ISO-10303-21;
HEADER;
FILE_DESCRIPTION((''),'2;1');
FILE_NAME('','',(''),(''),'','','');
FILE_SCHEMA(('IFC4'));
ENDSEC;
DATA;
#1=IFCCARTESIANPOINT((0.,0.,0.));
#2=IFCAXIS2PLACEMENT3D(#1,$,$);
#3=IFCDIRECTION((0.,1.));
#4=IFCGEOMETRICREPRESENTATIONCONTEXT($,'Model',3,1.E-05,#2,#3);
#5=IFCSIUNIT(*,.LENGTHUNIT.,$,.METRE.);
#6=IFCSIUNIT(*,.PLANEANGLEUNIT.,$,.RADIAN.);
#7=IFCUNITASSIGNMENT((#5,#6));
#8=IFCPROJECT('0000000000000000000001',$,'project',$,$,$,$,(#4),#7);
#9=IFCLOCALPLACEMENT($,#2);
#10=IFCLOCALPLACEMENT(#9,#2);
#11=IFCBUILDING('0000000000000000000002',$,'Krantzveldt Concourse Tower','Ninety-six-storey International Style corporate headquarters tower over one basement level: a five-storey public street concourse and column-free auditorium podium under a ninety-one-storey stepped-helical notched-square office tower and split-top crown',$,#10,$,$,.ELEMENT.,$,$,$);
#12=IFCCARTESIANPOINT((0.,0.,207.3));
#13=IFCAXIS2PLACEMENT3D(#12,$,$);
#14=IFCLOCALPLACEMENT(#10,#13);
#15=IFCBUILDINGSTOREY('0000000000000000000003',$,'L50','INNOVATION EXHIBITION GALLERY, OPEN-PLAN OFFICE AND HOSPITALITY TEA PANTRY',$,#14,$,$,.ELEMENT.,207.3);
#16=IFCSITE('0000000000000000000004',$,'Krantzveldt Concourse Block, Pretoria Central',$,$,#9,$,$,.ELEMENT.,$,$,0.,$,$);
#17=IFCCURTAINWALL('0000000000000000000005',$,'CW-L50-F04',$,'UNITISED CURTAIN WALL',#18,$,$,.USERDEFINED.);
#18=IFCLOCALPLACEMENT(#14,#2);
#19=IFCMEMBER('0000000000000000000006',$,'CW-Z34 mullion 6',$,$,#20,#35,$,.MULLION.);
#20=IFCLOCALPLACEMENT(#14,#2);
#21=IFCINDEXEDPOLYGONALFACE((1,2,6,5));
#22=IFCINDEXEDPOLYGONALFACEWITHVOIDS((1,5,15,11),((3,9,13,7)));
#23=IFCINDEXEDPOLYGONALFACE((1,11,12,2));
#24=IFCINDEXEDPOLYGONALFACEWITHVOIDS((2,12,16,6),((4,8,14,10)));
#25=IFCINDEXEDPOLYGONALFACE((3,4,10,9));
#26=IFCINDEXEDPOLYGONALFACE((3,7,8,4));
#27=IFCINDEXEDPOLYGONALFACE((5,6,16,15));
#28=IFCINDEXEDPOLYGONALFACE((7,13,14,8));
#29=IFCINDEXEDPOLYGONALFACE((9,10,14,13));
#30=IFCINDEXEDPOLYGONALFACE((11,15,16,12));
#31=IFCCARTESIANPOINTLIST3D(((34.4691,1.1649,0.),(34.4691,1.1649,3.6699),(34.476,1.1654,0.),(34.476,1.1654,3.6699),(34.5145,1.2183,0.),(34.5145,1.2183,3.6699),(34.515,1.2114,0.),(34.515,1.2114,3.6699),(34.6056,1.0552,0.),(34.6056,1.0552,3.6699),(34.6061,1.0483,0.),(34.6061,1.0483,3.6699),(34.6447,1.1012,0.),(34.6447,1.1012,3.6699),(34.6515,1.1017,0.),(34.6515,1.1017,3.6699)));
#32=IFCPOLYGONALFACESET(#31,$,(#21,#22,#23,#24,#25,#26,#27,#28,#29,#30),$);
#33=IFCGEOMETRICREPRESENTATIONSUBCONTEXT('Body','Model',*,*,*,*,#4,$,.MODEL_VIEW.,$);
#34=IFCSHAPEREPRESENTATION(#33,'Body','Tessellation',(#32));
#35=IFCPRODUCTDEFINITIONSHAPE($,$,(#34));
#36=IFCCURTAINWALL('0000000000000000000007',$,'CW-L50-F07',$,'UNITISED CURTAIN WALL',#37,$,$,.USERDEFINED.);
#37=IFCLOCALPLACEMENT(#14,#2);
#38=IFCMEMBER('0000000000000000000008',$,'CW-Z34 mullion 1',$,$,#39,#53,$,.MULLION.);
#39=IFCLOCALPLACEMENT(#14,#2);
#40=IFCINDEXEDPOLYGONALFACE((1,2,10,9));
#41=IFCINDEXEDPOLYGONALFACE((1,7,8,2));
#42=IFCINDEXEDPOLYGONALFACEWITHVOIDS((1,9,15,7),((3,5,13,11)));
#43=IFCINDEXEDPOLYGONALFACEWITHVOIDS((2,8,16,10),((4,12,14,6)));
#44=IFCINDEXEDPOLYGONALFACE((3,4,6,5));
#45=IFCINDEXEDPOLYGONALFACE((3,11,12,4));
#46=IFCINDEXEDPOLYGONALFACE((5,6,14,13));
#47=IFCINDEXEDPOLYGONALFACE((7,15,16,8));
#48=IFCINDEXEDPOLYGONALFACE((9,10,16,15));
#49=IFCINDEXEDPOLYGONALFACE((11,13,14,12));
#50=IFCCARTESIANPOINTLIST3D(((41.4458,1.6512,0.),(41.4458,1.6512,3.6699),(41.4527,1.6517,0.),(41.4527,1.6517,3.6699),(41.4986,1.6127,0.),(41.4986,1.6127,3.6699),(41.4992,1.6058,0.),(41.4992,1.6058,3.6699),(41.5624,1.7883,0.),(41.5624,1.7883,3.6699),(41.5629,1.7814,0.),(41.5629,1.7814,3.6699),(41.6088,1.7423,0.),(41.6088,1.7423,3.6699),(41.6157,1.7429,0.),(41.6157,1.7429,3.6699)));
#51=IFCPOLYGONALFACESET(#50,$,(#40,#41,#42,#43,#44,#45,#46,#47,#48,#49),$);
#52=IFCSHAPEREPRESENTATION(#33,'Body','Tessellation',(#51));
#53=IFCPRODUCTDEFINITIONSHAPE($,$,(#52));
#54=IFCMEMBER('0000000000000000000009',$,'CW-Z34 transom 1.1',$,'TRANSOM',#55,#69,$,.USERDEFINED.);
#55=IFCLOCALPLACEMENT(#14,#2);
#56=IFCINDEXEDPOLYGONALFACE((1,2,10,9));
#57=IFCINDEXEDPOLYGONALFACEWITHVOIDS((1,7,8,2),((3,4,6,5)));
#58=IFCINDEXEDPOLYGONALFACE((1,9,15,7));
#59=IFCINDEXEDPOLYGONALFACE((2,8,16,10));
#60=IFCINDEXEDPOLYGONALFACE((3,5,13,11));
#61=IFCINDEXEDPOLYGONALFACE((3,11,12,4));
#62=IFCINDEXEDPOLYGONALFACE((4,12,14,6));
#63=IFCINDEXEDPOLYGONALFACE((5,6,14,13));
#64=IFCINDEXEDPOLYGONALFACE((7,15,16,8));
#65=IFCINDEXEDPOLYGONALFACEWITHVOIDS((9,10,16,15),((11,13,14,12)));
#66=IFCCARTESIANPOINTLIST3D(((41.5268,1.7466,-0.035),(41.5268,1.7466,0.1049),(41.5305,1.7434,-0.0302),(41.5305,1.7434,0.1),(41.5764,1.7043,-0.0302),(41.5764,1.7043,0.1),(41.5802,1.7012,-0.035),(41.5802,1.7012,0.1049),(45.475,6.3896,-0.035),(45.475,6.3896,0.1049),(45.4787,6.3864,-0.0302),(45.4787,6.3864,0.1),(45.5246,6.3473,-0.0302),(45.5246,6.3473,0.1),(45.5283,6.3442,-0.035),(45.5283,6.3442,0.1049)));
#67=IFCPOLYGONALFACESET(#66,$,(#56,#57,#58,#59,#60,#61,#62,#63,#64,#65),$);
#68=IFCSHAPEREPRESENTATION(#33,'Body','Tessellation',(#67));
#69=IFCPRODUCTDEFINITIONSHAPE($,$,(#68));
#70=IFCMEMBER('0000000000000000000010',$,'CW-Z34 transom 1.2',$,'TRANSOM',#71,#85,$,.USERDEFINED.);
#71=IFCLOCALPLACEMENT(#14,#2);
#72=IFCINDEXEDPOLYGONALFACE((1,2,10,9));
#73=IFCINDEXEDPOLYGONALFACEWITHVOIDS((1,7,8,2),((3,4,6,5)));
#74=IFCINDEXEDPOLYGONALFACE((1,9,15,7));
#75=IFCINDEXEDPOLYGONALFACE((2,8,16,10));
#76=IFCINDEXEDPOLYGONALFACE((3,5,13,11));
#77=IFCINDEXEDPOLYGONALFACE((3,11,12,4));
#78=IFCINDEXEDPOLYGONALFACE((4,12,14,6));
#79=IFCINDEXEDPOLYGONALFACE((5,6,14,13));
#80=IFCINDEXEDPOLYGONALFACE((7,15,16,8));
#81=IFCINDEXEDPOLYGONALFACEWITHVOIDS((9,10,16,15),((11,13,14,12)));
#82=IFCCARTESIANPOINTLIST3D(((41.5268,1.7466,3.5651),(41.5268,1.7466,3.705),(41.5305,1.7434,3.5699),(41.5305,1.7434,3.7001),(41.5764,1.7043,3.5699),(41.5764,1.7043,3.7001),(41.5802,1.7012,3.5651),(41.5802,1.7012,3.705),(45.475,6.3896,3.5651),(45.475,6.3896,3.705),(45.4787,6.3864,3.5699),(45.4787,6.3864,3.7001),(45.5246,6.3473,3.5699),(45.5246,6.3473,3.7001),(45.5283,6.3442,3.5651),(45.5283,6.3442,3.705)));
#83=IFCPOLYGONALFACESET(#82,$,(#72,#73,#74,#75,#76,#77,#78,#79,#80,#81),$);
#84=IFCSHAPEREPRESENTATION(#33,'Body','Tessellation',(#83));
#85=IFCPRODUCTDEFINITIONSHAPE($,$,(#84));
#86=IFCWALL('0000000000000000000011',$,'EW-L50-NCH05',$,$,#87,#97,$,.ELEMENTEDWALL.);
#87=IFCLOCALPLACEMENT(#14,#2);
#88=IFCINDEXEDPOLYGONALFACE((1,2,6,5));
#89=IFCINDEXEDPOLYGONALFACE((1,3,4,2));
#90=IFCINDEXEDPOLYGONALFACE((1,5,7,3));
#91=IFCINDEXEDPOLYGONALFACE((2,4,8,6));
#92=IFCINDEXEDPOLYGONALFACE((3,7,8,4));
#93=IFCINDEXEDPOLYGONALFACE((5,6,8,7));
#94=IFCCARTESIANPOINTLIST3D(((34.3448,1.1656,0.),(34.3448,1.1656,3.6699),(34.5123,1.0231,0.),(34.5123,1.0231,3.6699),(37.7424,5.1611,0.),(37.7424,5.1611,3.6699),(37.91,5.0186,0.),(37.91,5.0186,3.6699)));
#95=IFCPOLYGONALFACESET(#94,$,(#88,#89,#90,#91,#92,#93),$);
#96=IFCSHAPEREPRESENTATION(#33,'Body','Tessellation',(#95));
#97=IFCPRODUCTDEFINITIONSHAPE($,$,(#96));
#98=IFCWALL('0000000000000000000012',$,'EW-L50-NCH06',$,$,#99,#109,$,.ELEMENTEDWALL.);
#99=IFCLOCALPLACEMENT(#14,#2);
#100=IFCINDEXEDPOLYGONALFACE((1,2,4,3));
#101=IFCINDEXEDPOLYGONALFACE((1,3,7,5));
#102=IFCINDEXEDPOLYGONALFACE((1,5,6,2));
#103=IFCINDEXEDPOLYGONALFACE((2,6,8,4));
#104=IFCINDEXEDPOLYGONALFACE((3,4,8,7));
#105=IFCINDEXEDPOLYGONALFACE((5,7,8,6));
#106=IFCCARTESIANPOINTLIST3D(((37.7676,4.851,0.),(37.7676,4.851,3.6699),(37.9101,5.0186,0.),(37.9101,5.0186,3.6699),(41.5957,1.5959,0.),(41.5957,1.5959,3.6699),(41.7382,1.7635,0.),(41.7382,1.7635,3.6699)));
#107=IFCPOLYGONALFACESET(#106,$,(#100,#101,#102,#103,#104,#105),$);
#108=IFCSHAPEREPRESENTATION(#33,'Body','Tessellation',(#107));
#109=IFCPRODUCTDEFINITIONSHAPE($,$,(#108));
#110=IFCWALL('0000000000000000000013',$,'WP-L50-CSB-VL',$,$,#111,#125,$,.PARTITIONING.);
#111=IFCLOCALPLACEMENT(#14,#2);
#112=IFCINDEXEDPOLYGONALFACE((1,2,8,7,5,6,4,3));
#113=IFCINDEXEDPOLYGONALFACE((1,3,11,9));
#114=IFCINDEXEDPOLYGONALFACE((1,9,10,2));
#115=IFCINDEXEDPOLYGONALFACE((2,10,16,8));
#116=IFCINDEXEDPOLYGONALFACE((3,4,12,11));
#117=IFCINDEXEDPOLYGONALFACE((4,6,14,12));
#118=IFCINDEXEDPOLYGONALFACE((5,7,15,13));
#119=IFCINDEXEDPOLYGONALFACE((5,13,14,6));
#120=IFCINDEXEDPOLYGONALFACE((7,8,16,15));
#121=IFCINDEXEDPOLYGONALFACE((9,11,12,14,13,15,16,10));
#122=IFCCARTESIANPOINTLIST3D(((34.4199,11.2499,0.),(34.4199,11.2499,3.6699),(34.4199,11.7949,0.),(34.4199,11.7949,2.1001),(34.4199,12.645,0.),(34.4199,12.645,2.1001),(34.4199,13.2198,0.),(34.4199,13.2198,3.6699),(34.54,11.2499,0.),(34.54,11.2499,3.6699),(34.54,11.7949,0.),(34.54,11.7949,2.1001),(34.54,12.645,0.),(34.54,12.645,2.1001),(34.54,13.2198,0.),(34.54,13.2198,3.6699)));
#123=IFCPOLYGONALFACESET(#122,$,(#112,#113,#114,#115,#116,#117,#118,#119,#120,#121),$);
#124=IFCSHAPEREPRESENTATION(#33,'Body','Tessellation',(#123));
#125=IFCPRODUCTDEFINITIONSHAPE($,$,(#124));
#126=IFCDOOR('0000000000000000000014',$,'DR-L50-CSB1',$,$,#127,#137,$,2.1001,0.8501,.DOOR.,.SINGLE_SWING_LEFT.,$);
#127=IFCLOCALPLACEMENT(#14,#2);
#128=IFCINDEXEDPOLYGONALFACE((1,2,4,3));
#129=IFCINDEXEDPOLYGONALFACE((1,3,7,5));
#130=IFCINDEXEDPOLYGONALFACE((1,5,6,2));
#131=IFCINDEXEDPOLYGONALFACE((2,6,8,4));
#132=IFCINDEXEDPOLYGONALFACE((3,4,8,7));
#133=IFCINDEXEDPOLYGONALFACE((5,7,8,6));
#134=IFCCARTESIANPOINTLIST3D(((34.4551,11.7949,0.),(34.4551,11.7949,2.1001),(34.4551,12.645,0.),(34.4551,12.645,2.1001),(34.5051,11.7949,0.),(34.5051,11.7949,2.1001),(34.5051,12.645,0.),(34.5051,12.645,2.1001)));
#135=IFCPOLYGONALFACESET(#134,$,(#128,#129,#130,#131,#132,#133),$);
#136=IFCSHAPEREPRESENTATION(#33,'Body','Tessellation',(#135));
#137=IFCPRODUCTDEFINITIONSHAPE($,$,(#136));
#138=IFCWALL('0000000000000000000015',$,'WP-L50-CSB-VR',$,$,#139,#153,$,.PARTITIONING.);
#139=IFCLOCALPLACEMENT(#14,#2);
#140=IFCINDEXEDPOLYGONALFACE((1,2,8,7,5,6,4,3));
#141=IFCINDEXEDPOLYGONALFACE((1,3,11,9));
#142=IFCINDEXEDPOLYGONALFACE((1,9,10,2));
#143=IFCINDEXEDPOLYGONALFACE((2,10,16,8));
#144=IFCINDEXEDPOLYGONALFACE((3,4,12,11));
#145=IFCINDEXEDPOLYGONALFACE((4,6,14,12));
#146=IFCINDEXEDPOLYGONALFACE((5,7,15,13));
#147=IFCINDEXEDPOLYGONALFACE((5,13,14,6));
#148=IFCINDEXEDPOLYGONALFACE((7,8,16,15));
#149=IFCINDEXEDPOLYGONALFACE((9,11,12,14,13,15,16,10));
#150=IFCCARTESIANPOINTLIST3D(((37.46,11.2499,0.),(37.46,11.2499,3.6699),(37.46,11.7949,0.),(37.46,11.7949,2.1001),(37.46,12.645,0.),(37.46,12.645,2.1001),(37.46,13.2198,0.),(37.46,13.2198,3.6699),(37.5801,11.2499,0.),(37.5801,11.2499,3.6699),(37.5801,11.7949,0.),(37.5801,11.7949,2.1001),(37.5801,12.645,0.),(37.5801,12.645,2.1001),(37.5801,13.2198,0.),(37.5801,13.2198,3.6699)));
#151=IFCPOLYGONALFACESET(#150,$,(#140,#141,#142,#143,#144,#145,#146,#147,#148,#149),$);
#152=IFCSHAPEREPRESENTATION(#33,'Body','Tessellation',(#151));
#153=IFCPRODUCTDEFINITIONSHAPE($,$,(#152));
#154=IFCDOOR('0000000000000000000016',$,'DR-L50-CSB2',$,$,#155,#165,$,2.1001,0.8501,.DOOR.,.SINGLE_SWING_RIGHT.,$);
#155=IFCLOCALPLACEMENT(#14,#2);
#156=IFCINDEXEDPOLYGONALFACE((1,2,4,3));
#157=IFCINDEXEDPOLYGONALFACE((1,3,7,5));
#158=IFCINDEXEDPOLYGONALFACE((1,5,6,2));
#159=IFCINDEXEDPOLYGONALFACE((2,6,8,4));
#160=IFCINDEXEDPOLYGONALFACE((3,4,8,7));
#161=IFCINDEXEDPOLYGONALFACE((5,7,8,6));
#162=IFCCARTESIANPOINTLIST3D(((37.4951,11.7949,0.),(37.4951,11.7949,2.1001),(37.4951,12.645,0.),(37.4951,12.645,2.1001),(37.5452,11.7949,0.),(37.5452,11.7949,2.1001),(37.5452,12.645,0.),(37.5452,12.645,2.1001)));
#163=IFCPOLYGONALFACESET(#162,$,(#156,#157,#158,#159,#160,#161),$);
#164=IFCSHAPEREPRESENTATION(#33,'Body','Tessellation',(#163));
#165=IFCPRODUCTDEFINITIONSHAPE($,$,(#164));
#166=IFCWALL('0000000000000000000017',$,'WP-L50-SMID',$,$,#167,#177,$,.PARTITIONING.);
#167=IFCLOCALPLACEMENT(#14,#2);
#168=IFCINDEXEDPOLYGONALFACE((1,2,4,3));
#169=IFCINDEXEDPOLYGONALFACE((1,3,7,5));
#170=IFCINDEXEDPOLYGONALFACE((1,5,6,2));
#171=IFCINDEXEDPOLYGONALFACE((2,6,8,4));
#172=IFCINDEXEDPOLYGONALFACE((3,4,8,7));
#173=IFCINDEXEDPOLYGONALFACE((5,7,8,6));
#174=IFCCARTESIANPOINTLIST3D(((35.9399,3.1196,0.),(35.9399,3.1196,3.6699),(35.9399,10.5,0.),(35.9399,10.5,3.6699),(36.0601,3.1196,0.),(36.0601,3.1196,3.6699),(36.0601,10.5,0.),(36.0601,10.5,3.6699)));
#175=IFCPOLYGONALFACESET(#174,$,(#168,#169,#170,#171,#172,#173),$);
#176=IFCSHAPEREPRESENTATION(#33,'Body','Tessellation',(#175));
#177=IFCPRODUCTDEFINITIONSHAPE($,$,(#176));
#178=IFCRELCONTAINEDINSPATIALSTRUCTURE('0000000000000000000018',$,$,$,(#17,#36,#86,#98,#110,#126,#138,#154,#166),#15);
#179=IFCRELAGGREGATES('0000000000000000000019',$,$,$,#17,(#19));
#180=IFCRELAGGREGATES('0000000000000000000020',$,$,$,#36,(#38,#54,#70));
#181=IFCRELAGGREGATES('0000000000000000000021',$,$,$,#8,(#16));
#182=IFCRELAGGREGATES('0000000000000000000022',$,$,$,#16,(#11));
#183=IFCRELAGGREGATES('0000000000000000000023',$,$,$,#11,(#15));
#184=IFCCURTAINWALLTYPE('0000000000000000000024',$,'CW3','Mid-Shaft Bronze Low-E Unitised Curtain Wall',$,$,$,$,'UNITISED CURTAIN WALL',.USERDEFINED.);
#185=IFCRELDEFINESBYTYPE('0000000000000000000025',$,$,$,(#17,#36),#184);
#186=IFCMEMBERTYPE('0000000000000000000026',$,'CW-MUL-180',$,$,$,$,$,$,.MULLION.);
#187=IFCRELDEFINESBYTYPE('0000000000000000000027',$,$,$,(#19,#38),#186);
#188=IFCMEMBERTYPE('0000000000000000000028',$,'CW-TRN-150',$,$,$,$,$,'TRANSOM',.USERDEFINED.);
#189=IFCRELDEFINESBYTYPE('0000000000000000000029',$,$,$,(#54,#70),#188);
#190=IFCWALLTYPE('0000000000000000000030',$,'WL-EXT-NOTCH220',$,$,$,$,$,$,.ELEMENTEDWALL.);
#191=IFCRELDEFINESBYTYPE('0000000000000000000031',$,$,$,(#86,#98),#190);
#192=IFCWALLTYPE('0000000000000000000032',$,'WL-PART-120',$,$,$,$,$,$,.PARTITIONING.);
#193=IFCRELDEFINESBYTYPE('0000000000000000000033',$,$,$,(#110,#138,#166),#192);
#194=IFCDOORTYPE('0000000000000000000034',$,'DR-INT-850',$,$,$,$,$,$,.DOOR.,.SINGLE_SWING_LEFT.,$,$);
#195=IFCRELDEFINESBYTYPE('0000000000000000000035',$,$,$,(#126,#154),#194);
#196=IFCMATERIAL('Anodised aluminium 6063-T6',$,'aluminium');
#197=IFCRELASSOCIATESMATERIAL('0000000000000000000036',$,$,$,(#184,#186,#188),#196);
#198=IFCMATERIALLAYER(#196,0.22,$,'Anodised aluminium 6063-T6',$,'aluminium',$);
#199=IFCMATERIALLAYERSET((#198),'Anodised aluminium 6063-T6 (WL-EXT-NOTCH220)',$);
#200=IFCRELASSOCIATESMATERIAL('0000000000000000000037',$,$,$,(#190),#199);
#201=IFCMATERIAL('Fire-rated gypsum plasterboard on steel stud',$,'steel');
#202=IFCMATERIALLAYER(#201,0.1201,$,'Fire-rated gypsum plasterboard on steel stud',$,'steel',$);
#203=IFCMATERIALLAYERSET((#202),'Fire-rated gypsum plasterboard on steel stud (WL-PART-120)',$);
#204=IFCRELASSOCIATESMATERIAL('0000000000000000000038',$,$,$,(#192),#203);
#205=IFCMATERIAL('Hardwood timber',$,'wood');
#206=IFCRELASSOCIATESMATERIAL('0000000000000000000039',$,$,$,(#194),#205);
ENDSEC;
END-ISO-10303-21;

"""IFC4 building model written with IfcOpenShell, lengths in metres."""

from ifc_helpers import new_model, si_unit, direction, frame, frame_2d, origin, origin_2d, place, context, subcontext, project, spatial, rectangle, hollow_rectangle, extrude, source, transform, mapped, material, layer, layer_set, material_profile, profile_set, type_object, type_shapes, element, fill, aggregate, save


model = new_model("IFC4")

# Units and contexts
model_context = context("Model", 3, precision=1e-05, world=origin(), true_north=direction((0.0, 1.0)))
body_context = subcontext(model_context, "Body", "Model", "MODEL_VIEW")
ifc_project = project(units=[si_unit("LENGTHUNIT", "METRE"), si_unit("PLANEANGLEUNIT", "RADIAN")], contexts=[model_context])

# Site, building, storey
site_placement = place(None, origin())
site = spatial("IfcSite", under=ifc_project, at=site_placement, Name="Krantzveldt Concourse Block, Pretoria Central", CompositionType="ELEMENT", RefElevation=0.0)
building_placement = place(site_placement, origin())
building = spatial("IfcBuilding", under=site, at=building_placement, Name="Krantzveldt Concourse Tower", Description="Ninety-six-storey International Style corporate headquarters tower over one basement level: a five-storey public street concourse and column-free auditorium podium under a ninety-one-storey stepped-helical notched-square office tower and split-top crown", CompositionType="ELEMENT")
storey_placement = place(building_placement, frame((0.0, 0.0, 207.3)))
storey = spatial("IfcBuildingStorey", under=building, at=storey_placement, Name="L50", Description="INNOVATION EXHIBITION GALLERY, OPEN-PLAN OFFICE AND HOSPITALITY TEA PANTRY", CompositionType="ELEMENT", Elevation=207.3)

# Curtain wall, member
ifc_material_1 = material(Name="Anodised aluminium 6063-T6", Category="aluminium")
curtain_wall_type = type_object("IfcCurtainWallType", Name="CW3", Description="Mid-Shaft Bronze Low-E Unitised Curtain Wall", ElementType="UNITISED CURTAIN WALL", PredefinedType="USERDEFINED", material=ifc_material_1)
curtain_wall_1_placement = place(storey_placement, origin())
curtain_wall_1 = element("IfcCurtainWall", 1, at=curtain_wall_1_placement, inside=storey, type_object=curtain_wall_type, Name="CW-L50-F04", ObjectType="UNITISED CURTAIN WALL", PredefinedType="USERDEFINED")
ifc_material_profile_1 = material_profile(ifc_material_1, hollow_rectangle(XDim=0.0701, YDim=0.1799, WallThickness=0.0049, at=origin_2d()), Name="Anodised aluminium 6063-T6", Category="aluminium")
ifc_profile_set_1 = profile_set([ifc_material_profile_1], Name="Anodised aluminium 6063-T6 - ALU-MULL 180x70x5")
member_type_1 = type_object("IfcMemberType", Name="CW-MUL-180", PredefinedType="MULLION", material=ifc_profile_set_1)
shared_shape_1 = source(origin(), body_context, "Body", "SweptSolid", [
    extrude(hollow_rectangle(XDim=0.0701, YDim=0.1799, WallThickness=0.0049, at=origin_2d()), origin(), (0.0, 0.0, 1.0), 3.6699),
])
type_shapes(member_type_1, [shared_shape_1])
member_1_placement = place(storey_placement, frame((34.5603, 1.1333, 0.0), z_axis=(0.0, 0.0, 1.0), x_axis=(0.647788, 0.761821, 0.0)))
member_1 = element("IfcMember", 2, at=member_1_placement, type_object=member_type_1, Name="CW-Z34 mullion 6", PredefinedType="MULLION", context=body_context, shape_type="MappedRepresentation", body=[
    mapped(shared_shape_1, transform((0.0, 0.0, 0.0), x_axis=(1.0, 0.0, 0.0), y_axis=(0.0, 1.0, 0.0), z_axis=(0.0, 0.0, 1.0), scale=1.0)),
])
aggregate(curtain_wall_1, [member_1])

# Curtain wall, members
curtain_wall_2_placement = place(storey_placement, origin())
curtain_wall_2 = element("IfcCurtainWall", 3, at=curtain_wall_2_placement, inside=storey, type_object=curtain_wall_type, Name="CW-L50-F07", ObjectType="UNITISED CURTAIN WALL", PredefinedType="USERDEFINED")
member_2_placement = place(storey_placement, frame((41.5308, 1.697, 0.0), z_axis=(0.0, 0.0, 1.0), x_axis=(-0.761821, 0.647788, 0.0)))
member_2 = element("IfcMember", 4, at=member_2_placement, type_object=member_type_1, Name="CW-Z34 mullion 1", PredefinedType="MULLION", context=body_context, shape_type="MappedRepresentation", body=[
    mapped(shared_shape_1, transform((0.0, 0.0, 0.0), x_axis=(1.0, 0.0, 0.0), y_axis=(0.0, 1.0, 0.0), z_axis=(0.0, 0.0, 1.0), scale=1.0)),
])
ifc_material_profile_2 = material_profile(ifc_material_1, hollow_rectangle(XDim=0.0701, YDim=0.1399, WallThickness=0.0049, at=origin_2d()), Name="Anodised aluminium 6063-T6", Category="aluminium")
ifc_profile_set_2 = profile_set([ifc_material_profile_2], Name="Anodised aluminium 6063-T6 - ALU-TRAN 140x70x5")
member_type_2 = type_object("IfcMemberType", Name="CW-TRN-150", ElementType="TRANSOM", PredefinedType="USERDEFINED", material=ifc_profile_set_2)
shared_shape_2 = source(origin(), body_context, "Body", "SweptSolid", [
    extrude(hollow_rectangle(XDim=0.0701, YDim=0.1399, WallThickness=0.0049, at=origin_2d()), origin(), (0.0, 0.0, 1.0), 6.0947),
])
type_shapes(member_type_2, [shared_shape_2])
member_3_placement = place(storey_placement, frame((41.5535, 1.7239, 0.0349), z_axis=(0.647804, 0.761807, 0.0), x_axis=(-0.761807, 0.647804, 0.0)))
member_3 = element("IfcMember", 5, at=member_3_placement, type_object=member_type_2, Name="CW-Z34 transom 1.1", ObjectType="TRANSOM", PredefinedType="USERDEFINED", context=body_context, shape_type="MappedRepresentation", body=[
    mapped(shared_shape_2, transform((0.0, 0.0, 0.0), x_axis=(1.0, 0.0, 0.0), y_axis=(0.0, 1.0, 0.0), z_axis=(0.0, 0.0, 1.0), scale=1.0)),
])
member_4_placement = place(storey_placement, frame((41.5535, 1.7239, 3.635), z_axis=(0.647804, 0.761807, 0.0), x_axis=(-0.761807, 0.647804, 0.0)))
member_4 = element("IfcMember", 6, at=member_4_placement, type_object=member_type_2, Name="CW-Z34 transom 1.2", ObjectType="TRANSOM", PredefinedType="USERDEFINED", context=body_context, shape_type="MappedRepresentation", body=[
    mapped(shared_shape_2, transform((0.0, 0.0, 0.0), x_axis=(1.0, 0.0, 0.0), y_axis=(0.0, 1.0, 0.0), z_axis=(0.0, 0.0, 1.0), scale=1.0)),
])
aggregate(curtain_wall_2, [member_2, member_3, member_4])

# Walls
ifc_layer_1 = layer(ifc_material_1, 0.22, Name="Anodised aluminium 6063-T6", Category="aluminium")
ifc_layer_set_1 = layer_set([ifc_layer_1], Name="Anodised aluminium 6063-T6 (WL-EXT-NOTCH220)")
wall_type_1 = type_object("IfcWallType", Name="WL-EXT-NOTCH220", PredefinedType="ELEMENTEDWALL", material=ifc_layer_set_1)
wall_1_placement = place(storey_placement, frame((34.4285, 1.0942, 0.0), z_axis=(0.0, 0.0, 1.0), x_axis=(0.647808, 0.761804, 0.0)))
element("IfcWall", 7, at=wall_1_placement, inside=storey, type_object=wall_type_1, Name="EW-L50-NCH05", PredefinedType="ELEMENTEDWALL", context=body_context, shape_type="SweptSolid", body=[
    extrude(rectangle(XDim=5.2449, YDim=0.22, at=frame_2d((2.6226, 0.0))), origin(), (0.0, 0.0, 1.0), 3.6699),
])
wall_2_placement = place(storey_placement, frame((37.8389, 4.9348, 0.0), z_axis=(0.0, 0.0, 1.0), x_axis=(0.761819, -0.647789, 0.0)))
element("IfcWall", 8, at=wall_2_placement, inside=storey, type_object=wall_type_1, Name="EW-L50-NCH06", PredefinedType="ELEMENTEDWALL", context=body_context, shape_type="SweptSolid", body=[
    extrude(rectangle(XDim=5.0249, YDim=0.22, at=frame_2d((2.5125, 0.0))), origin(), (0.0, 0.0, 1.0), 3.6699),
])

# Walls, openings, doors
ifc_material_2 = material(Name="Fire-rated gypsum plasterboard on steel stud", Category="steel")
ifc_layer_2 = layer(ifc_material_2, 0.1201, Name="Fire-rated gypsum plasterboard on steel stud", Category="steel")
ifc_layer_set_2 = layer_set([ifc_layer_2], Name="Fire-rated gypsum plasterboard on steel stud (WL-PART-120)")
wall_type_2 = type_object("IfcWallType", Name="WL-PART-120", PredefinedType="PARTITIONING", material=ifc_layer_set_2)
wall_3_placement = place(storey_placement, frame((34.48, 11.25, 0.0), z_axis=(0.0, 0.0, 1.0), x_axis=(0.0, 1.0, 0.0)))
wall_3 = element("IfcWall", 9, at=wall_3_placement, inside=storey, type_object=wall_type_2, Name="WP-L50-CSB-VL", PredefinedType="PARTITIONING", context=body_context, shape_type="SweptSolid", body=[
    extrude(rectangle(XDim=1.97, YDim=0.1201, at=frame_2d((0.9849, 0.0))), origin(), (0.0, 0.0, 1.0), 3.6699),
])
opening_1_placement = place(wall_3_placement, frame((0.5449, 0.0, 0.0)))
opening_1 = element("IfcOpeningElement", 10, at=opening_1_placement, cuts=wall_3, PredefinedType="OPENING", context=body_context, shape_type="SweptSolid", body=[
    extrude(rectangle(XDim=0.8501, YDim=2.1001, at=frame_2d((0.425, 1.05))), frame((0.0, 0.0701, 0.0), z_axis=(0.0, -1.0, 0.0), x_axis=(1.0, 0.0, 0.0)), (0.0, 0.0, 1.0), 0.1401),
])
ifc_material_3 = material(Name="Hardwood timber", Category="wood")
door_type_1 = type_object("IfcDoorType", Name="DR-INT-850", OperationType="SINGLE_SWING_LEFT", PredefinedType="DOOR", material=ifc_material_3)
door_1_placement = place(opening_1_placement, origin())
door_1 = element("IfcDoor", 11, at=door_1_placement, inside=storey, type_object=door_type_1, Name="DR-L50-CSB1", OperationType="SINGLE_SWING_LEFT", OverallHeight=2.1001, OverallWidth=0.8501, PredefinedType="DOOR", context=body_context, shape_type="SweptSolid", body=[
    extrude(rectangle(XDim=0.8501, YDim=2.1001, at=frame_2d((0.425, 1.05))), frame((0.0, 0.0249, 0.0), z_axis=(0.0, -1.0, 0.0), x_axis=(1.0, 0.0, 0.0)), (0.0, 0.0, 1.0), 0.05),
])
fill(opening_1, door_1)
wall_4_placement = place(storey_placement, frame((37.52, 11.25, 0.0), z_axis=(0.0, 0.0, 1.0), x_axis=(0.0, 1.0, 0.0)))
wall_4 = element("IfcWall", 12, at=wall_4_placement, inside=storey, type_object=wall_type_2, Name="WP-L50-CSB-VR", PredefinedType="PARTITIONING", context=body_context, shape_type="SweptSolid", body=[
    extrude(rectangle(XDim=1.97, YDim=0.1201, at=frame_2d((0.9849, 0.0))), origin(), (0.0, 0.0, 1.0), 3.6699),
])
opening_2_placement = place(wall_4_placement, frame((0.5449, 0.0, 0.0)))
opening_2 = element("IfcOpeningElement", 13, at=opening_2_placement, cuts=wall_4, PredefinedType="OPENING", context=body_context, shape_type="SweptSolid", body=[
    extrude(rectangle(XDim=0.8501, YDim=2.1001, at=frame_2d((0.425, 1.05))), frame((0.0, 0.0701, 0.0), z_axis=(0.0, -1.0, 0.0), x_axis=(1.0, 0.0, 0.0)), (0.0, 0.0, 1.0), 0.1401),
])
door_2_placement = place(opening_2_placement, origin())
door_2 = element("IfcDoor", 14, at=door_2_placement, inside=storey, type_object=door_type_1, Name="DR-L50-CSB2", OperationType="SINGLE_SWING_RIGHT", OverallHeight=2.1001, OverallWidth=0.8501, PredefinedType="DOOR", context=body_context, shape_type="SweptSolid", body=[
    extrude(rectangle(XDim=0.8501, YDim=2.1001, at=frame_2d((0.425, 1.05))), frame((0.0, 0.0249, 0.0), z_axis=(0.0, -1.0, 0.0), x_axis=(1.0, 0.0, 0.0)), (0.0, 0.0, 1.0), 0.05),
])
fill(opening_2, door_2)

# Wall
wall_5_placement = place(storey_placement, frame((36.0, 3.1196, 0.0), z_axis=(0.0, 0.0, 1.0), x_axis=(0.0, 1.0, 0.0)))
element("IfcWall", 15, at=wall_5_placement, inside=storey, type_object=wall_type_2, Name="WP-L50-SMID", PredefinedType="PARTITIONING", context=body_context, shape_type="SweptSolid", body=[
    extrude(rectangle(XDim=7.3804, YDim=0.1201, at=frame_2d((3.6902, 0.0))), origin(), (0.0, 0.0, 1.0), 3.6699),
])

save(model, "model.ifc")
